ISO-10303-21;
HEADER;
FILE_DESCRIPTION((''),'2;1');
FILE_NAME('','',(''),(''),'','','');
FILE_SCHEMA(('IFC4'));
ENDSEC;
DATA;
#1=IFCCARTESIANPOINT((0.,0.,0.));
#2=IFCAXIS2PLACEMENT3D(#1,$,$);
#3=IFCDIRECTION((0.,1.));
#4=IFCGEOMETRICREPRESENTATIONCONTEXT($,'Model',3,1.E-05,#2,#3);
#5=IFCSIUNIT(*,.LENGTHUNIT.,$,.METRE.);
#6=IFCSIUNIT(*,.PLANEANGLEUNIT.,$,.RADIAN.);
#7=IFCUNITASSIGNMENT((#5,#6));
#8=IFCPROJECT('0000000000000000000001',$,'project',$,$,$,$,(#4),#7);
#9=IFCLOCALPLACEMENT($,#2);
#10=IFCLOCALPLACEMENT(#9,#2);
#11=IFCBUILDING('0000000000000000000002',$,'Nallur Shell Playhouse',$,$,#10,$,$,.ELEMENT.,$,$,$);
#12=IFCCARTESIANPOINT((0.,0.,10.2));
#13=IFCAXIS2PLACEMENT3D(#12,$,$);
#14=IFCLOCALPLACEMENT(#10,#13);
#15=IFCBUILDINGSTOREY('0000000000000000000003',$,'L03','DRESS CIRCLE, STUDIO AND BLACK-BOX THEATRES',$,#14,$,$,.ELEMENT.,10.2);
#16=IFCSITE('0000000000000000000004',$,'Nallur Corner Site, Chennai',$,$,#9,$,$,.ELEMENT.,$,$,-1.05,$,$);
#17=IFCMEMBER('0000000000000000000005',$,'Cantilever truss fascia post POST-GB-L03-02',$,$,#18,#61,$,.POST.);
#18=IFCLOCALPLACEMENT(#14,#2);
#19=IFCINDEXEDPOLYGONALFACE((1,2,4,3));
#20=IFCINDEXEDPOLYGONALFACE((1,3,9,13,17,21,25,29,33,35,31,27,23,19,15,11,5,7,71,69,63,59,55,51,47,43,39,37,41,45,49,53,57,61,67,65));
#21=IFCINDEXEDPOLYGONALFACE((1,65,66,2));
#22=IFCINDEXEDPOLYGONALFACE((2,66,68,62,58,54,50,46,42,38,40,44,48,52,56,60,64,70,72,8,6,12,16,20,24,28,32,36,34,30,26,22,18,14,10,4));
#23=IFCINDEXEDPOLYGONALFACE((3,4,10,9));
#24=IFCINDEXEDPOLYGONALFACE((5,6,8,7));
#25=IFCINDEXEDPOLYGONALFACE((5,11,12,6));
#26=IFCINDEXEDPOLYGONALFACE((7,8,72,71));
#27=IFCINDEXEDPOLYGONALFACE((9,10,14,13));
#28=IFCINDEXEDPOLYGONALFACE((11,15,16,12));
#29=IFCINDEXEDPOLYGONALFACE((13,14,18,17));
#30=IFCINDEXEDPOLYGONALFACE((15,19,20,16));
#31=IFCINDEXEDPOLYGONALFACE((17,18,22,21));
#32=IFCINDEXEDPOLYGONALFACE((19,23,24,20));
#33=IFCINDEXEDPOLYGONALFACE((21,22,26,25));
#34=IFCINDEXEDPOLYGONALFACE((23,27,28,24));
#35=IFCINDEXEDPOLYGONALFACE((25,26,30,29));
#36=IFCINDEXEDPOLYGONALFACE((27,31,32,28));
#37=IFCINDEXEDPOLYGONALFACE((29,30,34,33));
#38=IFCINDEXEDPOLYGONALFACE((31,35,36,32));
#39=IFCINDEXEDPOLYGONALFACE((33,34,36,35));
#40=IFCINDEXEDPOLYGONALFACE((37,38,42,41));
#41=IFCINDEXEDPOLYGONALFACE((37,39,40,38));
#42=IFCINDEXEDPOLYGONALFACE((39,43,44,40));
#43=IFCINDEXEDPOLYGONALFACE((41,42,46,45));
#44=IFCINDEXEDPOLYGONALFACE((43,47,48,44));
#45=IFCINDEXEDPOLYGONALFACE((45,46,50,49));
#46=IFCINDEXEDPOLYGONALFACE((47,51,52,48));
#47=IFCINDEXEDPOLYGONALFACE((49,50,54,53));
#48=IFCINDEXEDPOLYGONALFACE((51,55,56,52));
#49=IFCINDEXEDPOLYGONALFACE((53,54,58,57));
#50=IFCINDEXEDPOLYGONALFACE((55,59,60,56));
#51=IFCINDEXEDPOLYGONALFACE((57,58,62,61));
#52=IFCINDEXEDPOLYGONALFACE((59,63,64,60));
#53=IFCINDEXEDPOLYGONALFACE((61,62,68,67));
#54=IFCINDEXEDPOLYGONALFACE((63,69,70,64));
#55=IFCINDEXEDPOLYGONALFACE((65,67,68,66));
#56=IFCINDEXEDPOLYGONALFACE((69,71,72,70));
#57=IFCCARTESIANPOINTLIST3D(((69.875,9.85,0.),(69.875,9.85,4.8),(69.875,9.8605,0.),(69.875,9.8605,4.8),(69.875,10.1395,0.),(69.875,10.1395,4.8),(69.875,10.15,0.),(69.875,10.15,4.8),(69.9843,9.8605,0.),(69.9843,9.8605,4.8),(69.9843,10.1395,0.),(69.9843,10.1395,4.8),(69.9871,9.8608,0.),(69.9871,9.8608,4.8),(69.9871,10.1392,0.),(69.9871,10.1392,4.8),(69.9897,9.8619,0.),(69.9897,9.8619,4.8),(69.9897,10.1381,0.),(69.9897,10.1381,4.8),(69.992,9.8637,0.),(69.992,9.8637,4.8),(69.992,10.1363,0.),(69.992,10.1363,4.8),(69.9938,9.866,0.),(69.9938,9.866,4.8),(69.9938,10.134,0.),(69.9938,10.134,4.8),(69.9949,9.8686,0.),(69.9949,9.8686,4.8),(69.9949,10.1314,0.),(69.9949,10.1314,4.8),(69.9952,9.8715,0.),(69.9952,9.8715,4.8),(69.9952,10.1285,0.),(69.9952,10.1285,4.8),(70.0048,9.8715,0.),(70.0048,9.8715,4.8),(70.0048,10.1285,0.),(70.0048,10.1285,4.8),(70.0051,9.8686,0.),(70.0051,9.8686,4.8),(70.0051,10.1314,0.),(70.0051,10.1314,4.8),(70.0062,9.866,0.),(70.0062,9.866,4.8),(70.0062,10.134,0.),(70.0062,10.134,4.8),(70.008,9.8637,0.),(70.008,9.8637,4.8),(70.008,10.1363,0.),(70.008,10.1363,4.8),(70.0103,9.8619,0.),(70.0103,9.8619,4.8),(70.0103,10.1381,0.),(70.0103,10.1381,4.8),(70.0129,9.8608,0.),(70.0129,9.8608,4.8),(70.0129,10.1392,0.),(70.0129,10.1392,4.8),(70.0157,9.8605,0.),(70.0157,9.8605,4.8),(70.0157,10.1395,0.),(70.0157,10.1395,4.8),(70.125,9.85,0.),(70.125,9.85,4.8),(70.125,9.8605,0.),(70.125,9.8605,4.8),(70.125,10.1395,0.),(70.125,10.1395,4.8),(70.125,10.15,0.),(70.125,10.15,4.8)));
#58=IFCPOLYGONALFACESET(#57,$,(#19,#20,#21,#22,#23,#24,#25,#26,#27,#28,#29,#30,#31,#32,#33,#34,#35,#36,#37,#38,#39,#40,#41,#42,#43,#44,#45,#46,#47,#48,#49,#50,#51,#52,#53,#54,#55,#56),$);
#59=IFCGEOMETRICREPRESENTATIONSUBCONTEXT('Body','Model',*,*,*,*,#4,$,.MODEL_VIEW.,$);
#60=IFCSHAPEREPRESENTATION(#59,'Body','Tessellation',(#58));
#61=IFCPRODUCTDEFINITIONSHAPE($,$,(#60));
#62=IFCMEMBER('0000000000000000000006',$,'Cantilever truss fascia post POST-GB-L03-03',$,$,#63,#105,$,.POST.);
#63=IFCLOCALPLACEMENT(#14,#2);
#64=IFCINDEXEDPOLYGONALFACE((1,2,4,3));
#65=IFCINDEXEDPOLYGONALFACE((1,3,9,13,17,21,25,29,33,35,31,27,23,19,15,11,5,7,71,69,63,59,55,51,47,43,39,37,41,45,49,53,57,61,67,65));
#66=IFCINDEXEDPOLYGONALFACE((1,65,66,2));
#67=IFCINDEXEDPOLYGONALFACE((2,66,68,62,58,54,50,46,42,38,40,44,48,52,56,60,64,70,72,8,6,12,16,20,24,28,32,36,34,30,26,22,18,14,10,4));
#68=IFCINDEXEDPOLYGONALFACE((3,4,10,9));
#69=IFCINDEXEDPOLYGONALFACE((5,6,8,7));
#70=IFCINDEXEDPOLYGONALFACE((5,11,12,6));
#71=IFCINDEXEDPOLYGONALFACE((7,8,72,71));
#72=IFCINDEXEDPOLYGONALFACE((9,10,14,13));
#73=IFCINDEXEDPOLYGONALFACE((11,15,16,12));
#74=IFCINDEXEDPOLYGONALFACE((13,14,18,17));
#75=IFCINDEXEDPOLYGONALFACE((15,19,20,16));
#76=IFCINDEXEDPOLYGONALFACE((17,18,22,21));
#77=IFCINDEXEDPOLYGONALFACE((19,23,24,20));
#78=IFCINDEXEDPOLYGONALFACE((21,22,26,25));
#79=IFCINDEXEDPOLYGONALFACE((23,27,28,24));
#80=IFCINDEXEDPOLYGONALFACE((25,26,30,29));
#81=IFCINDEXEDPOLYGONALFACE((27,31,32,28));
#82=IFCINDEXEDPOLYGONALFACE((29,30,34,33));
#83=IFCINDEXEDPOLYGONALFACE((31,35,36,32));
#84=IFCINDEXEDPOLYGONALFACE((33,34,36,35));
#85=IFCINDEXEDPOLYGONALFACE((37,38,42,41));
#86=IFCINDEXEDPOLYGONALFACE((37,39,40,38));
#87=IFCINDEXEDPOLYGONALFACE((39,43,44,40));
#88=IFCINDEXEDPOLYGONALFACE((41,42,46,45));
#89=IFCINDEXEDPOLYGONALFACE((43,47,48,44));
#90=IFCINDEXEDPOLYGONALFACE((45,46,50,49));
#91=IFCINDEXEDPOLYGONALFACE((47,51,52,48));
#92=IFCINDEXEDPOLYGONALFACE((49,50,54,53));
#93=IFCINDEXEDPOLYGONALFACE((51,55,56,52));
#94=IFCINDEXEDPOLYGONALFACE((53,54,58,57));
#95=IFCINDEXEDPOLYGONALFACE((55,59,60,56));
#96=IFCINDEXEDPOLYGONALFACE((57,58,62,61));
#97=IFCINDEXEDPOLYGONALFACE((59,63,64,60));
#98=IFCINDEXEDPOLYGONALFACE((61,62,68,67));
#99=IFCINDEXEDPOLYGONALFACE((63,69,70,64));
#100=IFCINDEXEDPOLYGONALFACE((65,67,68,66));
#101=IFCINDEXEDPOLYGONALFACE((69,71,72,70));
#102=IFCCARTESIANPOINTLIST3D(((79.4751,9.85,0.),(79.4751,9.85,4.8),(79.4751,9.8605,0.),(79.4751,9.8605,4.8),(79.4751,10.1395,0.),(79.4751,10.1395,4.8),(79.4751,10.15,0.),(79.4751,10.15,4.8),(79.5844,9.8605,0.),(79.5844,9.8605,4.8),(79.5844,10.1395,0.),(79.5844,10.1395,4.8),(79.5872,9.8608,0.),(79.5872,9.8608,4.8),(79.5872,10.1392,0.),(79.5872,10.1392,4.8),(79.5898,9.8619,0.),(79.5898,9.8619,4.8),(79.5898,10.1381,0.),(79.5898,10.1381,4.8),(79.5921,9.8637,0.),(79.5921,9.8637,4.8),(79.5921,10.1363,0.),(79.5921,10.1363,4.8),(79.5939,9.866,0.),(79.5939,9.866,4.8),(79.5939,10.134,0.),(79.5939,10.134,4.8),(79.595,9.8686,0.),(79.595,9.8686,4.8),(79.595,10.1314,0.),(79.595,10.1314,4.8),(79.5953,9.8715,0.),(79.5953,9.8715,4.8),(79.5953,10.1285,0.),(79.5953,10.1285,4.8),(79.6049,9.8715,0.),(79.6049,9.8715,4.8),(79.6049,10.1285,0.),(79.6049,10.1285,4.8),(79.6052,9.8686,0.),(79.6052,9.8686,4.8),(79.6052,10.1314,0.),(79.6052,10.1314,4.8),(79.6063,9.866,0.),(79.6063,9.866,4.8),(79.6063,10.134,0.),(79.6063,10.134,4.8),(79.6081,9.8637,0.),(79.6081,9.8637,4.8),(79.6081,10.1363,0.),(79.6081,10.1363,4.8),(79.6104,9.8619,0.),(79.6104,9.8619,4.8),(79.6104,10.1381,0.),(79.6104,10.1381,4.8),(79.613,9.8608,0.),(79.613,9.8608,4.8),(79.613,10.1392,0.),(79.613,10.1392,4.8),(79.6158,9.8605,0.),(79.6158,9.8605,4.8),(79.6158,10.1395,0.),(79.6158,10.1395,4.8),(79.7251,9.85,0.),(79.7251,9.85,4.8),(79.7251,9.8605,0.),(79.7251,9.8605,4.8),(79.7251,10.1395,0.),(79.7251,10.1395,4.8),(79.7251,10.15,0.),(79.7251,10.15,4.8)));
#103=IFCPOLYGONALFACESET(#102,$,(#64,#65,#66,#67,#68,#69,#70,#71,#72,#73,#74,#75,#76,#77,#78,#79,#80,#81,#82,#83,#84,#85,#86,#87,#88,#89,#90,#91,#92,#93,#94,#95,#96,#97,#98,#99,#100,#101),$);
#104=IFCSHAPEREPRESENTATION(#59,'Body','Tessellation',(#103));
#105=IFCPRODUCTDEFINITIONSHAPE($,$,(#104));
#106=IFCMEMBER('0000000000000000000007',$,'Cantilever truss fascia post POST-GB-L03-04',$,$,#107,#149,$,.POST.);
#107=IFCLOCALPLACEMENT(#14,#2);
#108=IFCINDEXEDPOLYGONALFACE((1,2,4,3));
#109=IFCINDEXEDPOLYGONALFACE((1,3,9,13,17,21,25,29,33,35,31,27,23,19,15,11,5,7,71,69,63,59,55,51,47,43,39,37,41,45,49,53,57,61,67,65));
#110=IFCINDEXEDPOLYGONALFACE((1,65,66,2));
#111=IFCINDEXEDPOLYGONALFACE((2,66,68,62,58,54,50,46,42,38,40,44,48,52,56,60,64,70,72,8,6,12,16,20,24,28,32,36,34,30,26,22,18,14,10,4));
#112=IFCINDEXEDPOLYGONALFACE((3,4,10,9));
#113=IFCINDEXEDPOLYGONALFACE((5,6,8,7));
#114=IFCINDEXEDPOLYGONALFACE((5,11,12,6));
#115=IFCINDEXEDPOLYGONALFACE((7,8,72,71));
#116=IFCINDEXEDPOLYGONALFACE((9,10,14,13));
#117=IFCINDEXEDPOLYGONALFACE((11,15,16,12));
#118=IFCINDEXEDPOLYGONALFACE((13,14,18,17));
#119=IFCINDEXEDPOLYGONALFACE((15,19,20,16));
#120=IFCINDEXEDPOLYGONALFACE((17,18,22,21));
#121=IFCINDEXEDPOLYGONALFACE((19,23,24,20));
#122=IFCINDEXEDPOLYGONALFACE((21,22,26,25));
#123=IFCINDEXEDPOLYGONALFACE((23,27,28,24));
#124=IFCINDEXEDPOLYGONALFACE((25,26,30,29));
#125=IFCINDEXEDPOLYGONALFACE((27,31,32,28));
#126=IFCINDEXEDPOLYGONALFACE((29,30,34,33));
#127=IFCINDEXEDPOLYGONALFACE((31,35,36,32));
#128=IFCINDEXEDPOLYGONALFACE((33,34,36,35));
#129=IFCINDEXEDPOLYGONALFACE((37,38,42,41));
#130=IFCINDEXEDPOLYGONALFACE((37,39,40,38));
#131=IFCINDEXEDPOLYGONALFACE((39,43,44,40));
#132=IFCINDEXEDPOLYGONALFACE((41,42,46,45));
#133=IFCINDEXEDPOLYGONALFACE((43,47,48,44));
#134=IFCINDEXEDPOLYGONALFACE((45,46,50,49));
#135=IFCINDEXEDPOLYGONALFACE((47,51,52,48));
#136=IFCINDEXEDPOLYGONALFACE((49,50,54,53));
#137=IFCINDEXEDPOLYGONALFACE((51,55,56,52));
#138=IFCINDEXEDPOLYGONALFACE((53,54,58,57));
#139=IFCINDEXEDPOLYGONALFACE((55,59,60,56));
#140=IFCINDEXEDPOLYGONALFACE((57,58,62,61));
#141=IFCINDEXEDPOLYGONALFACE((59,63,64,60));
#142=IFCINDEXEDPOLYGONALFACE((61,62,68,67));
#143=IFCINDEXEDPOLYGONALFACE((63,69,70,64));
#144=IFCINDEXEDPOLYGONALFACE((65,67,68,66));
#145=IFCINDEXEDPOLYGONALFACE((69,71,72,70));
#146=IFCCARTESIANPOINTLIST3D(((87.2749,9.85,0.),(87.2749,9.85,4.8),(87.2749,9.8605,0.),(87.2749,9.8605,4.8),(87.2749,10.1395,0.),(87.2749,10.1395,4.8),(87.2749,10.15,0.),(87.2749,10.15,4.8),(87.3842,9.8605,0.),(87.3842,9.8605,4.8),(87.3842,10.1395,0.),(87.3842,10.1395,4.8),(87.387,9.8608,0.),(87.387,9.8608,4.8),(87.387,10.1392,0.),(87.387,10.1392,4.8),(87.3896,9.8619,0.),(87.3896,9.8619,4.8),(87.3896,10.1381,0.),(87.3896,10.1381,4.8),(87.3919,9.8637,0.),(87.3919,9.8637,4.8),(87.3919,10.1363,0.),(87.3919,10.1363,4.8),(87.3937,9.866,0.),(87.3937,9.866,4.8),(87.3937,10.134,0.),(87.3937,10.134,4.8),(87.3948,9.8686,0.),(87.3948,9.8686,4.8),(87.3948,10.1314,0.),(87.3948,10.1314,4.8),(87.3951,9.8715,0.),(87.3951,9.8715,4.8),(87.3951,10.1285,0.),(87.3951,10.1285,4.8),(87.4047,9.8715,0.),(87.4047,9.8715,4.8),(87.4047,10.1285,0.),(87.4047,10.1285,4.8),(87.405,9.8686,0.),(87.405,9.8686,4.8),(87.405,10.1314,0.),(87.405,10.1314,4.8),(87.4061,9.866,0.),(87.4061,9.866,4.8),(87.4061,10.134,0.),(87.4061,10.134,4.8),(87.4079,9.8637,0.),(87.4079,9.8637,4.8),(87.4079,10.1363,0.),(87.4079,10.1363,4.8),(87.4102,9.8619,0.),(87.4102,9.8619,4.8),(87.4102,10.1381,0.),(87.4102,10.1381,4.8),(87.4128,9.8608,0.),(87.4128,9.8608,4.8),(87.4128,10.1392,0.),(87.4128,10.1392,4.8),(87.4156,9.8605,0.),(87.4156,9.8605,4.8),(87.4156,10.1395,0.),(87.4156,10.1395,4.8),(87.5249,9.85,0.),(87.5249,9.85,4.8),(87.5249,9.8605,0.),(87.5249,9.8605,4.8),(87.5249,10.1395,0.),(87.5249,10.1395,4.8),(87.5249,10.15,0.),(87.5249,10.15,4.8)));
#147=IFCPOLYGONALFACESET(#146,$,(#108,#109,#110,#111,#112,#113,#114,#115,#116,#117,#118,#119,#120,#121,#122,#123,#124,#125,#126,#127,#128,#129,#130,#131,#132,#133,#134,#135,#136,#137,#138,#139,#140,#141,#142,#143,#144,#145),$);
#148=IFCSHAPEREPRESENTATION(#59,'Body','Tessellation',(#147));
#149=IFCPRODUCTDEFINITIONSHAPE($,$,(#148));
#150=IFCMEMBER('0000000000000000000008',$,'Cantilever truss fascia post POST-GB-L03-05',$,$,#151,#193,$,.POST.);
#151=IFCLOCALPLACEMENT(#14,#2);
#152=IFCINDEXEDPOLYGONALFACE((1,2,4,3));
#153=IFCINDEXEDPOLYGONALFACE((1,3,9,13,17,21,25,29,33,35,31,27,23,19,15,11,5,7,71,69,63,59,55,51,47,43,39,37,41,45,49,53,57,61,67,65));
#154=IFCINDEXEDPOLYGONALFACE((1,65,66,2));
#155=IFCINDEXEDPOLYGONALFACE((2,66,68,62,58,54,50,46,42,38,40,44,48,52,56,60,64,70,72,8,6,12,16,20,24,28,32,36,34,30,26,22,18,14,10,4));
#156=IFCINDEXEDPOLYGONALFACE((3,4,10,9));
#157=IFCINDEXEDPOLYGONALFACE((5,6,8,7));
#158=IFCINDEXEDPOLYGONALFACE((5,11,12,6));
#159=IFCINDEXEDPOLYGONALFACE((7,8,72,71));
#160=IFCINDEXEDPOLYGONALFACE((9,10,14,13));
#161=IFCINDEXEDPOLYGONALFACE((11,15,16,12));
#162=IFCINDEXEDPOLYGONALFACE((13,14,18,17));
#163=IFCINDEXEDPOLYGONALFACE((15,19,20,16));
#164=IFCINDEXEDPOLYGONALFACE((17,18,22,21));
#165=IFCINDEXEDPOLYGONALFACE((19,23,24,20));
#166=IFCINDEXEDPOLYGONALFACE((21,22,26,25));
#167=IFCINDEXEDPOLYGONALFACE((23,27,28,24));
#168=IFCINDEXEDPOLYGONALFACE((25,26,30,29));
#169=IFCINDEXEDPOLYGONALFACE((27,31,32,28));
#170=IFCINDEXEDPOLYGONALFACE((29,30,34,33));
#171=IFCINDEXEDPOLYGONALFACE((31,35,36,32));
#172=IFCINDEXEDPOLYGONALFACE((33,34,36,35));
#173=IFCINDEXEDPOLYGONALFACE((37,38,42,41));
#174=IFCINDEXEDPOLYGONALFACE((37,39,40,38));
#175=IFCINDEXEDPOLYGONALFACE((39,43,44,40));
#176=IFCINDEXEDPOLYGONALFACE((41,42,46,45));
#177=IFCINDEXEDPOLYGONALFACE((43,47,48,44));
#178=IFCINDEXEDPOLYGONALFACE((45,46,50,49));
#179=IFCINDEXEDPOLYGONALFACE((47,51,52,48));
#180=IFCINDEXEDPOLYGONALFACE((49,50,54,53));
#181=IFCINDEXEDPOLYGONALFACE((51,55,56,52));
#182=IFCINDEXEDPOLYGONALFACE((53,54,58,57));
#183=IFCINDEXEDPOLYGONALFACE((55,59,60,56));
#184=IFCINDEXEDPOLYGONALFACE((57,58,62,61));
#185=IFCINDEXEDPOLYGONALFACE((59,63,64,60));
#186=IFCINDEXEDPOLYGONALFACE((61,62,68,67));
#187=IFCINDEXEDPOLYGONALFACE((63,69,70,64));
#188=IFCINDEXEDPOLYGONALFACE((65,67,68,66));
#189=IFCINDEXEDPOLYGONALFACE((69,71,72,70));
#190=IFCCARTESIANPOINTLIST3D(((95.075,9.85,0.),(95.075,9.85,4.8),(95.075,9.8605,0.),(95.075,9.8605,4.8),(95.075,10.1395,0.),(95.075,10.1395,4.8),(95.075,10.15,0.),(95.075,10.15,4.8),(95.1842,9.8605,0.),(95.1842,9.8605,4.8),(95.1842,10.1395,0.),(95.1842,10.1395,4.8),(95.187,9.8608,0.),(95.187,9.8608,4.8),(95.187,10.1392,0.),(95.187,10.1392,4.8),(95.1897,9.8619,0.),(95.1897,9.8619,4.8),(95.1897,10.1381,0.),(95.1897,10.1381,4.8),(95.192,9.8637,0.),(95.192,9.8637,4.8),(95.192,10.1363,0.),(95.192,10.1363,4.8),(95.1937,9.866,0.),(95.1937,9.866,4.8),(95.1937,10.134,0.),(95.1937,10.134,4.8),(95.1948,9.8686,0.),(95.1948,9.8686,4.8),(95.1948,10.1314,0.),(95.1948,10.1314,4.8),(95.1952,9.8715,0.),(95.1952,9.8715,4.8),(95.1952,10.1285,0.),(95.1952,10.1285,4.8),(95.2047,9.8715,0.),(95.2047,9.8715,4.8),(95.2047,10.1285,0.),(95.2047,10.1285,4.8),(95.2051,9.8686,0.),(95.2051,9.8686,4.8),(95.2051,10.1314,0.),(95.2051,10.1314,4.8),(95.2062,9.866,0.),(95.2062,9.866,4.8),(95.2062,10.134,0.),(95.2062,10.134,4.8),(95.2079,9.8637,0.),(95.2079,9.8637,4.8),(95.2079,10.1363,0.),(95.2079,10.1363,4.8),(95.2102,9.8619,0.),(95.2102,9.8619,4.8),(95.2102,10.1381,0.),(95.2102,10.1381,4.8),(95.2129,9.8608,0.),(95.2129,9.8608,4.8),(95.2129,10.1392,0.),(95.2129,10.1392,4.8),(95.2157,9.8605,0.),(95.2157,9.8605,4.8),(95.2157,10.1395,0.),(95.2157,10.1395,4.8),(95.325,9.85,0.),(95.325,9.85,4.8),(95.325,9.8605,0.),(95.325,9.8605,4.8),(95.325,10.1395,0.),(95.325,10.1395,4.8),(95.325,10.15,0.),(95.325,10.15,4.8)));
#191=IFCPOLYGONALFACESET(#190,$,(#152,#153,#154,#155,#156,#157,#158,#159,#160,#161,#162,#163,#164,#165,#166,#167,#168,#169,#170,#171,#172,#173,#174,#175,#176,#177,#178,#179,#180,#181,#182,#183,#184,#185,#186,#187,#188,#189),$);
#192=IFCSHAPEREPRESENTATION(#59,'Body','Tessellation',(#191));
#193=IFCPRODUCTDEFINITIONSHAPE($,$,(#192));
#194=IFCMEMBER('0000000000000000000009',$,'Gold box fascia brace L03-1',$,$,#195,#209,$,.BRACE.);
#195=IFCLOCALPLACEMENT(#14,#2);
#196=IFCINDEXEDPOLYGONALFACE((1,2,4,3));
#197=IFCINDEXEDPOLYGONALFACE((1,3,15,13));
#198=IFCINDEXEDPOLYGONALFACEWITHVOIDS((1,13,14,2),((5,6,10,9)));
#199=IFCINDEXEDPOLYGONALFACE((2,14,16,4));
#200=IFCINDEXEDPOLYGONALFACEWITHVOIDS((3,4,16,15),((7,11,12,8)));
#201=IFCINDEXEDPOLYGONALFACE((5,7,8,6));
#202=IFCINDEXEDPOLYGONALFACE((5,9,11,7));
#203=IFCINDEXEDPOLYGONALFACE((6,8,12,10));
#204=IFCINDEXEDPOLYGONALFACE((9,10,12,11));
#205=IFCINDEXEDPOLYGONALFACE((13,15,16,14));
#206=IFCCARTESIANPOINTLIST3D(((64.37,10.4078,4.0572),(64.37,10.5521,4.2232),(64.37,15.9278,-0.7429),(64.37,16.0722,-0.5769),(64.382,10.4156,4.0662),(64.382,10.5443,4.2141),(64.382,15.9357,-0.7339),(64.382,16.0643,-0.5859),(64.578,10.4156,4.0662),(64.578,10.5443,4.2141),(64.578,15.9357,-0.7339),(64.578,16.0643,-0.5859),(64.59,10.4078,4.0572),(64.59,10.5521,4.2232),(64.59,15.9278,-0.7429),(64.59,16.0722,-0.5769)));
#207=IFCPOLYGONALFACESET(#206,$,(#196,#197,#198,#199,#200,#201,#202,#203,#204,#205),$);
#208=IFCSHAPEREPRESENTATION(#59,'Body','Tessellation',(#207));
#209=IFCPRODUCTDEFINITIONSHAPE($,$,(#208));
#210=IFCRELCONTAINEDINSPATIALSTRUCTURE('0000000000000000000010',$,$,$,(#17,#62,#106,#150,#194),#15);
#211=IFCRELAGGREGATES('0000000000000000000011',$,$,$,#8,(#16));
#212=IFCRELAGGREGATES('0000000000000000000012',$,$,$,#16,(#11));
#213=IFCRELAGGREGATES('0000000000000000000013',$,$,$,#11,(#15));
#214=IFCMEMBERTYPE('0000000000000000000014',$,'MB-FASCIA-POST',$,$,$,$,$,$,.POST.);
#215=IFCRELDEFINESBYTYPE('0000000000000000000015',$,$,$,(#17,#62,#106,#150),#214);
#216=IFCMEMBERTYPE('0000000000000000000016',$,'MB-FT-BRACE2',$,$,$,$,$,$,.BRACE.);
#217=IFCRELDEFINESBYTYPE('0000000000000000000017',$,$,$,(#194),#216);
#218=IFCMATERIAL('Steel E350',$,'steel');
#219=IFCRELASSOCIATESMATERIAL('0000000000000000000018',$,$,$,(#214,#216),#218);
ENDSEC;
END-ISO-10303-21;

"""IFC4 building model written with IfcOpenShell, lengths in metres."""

from ifc_helpers import new_model, si_unit, direction, frame, origin, origin_2d, place, context, subcontext, project, spatial, hollow_rectangle, i_section, extrude, material, material_profile, profile_set, type_object, element, save


model = new_model("IFC4")

# Units and contexts
model_context = context("Model", 3, precision=1e-05, world=origin(), true_north=direction((0.0, 1.0)))
body_context = subcontext(model_context, "Body", "Model", "MODEL_VIEW")
ifc_project = project(units=[si_unit("LENGTHUNIT", "METRE"), si_unit("PLANEANGLEUNIT", "RADIAN")], contexts=[model_context])

# Site, building, storey
site_placement = place(None, origin())
site = spatial("IfcSite", under=ifc_project, at=site_placement, Name="Nallur Corner Site, Chennai", CompositionType="ELEMENT", RefElevation=-1.05)
building_placement = place(site_placement, origin())
building = spatial("IfcBuilding", under=site, at=building_placement, Name="Nallur Shell Playhouse", CompositionType="ELEMENT")
storey_placement = place(building_placement, frame((0.0, 0.0, 10.2)))
storey = spatial("IfcBuildingStorey", under=building, at=storey_placement, Name="L03", Description="DRESS CIRCLE, STUDIO AND BLACK-BOX THEATRES", CompositionType="ELEMENT", Elevation=10.2)

# Shared definitions
ifc_material_1 = material(Name="Steel E350", Category="steel")

# Members
ifc_material_profile_1 = material_profile(ifc_material_1, i_section(OverallWidth=0.25, OverallDepth=0.3, WebThickness=0.0095, FlangeThickness=0.0105, FilletRadius=0.011, at=origin_2d()), Name="ISHB 300")
ifc_profile_set_1 = profile_set([ifc_material_profile_1], Name="Steel E350")
member_type_1 = type_object("IfcMemberType", Name="MB-FASCIA-POST", PredefinedType="POST", material=ifc_profile_set_1)
for number, where, z_axis, x_axis, name in (
    (1, (70.0, 10.0, 0.0), (0.0, 0.0, 1.0), (1.0, 0.0, 0.0), "Cantilever truss fascia post POST-GB-L03-02"),
    (2, (79.6001, 10.0, 0.0), (0.0, 0.0, 1.0), (1.0, 0.0, 0.0), "Cantilever truss fascia post POST-GB-L03-03"),
    (3, (87.3999, 10.0, 0.0), (0.0, 0.0, 1.0), (1.0, 0.0, 0.0), "Cantilever truss fascia post POST-GB-L03-04"),
    (4, (95.2, 10.0, 0.0), (0.0, 0.0, 1.0), (1.0, 0.0, 0.0), "Cantilever truss fascia post POST-GB-L03-05"),
):
    element("IfcMember", number, at=place(storey_placement, frame(where, z_axis=z_axis, x_axis=x_axis)), inside=storey, type_object=member_type_1, Name=name, PredefinedType="POST", context=body_context, shape_type="SweptSolid", body=[
        extrude(i_section(OverallWidth=0.25, OverallDepth=0.3, WebThickness=0.0095, FlangeThickness=0.0105, FilletRadius=0.011, at=origin_2d()), origin(), (0.0, 0.0, 1.0), 4.8),
    ])
ifc_material_profile_2 = material_profile(ifc_material_1, hollow_rectangle(XDim=0.22, YDim=0.22, WallThickness=0.012, at=origin_2d()), Name="SHS 220x220x12")
ifc_profile_set_2 = profile_set([ifc_material_profile_2], Name="Steel E350")
member_type_2 = type_object("IfcMemberType", Name="MB-FT-BRACE2", PredefinedType="BRACE", material=ifc_profile_set_2)
for number, where, z_axis, x_axis, name in (
    (5, (64.48, 16.0, -0.6599), (0.0, -0.754603, 0.656181), (1.0, 0.0, 0.0), "Gold box fascia brace L03-1"),
):
    element("IfcMember", number, at=place(storey_placement, frame(where, z_axis=z_axis, x_axis=x_axis)), inside=storey, type_object=member_type_2, Name=name, PredefinedType="BRACE", context=body_context, shape_type="SweptSolid", body=[
        extrude(hollow_rectangle(XDim=0.22, YDim=0.22, WallThickness=0.012, at=origin_2d()), origin(), (0.0, 0.0, 1.0), 7.3152),
    ])

save(model, "model.ifc")
